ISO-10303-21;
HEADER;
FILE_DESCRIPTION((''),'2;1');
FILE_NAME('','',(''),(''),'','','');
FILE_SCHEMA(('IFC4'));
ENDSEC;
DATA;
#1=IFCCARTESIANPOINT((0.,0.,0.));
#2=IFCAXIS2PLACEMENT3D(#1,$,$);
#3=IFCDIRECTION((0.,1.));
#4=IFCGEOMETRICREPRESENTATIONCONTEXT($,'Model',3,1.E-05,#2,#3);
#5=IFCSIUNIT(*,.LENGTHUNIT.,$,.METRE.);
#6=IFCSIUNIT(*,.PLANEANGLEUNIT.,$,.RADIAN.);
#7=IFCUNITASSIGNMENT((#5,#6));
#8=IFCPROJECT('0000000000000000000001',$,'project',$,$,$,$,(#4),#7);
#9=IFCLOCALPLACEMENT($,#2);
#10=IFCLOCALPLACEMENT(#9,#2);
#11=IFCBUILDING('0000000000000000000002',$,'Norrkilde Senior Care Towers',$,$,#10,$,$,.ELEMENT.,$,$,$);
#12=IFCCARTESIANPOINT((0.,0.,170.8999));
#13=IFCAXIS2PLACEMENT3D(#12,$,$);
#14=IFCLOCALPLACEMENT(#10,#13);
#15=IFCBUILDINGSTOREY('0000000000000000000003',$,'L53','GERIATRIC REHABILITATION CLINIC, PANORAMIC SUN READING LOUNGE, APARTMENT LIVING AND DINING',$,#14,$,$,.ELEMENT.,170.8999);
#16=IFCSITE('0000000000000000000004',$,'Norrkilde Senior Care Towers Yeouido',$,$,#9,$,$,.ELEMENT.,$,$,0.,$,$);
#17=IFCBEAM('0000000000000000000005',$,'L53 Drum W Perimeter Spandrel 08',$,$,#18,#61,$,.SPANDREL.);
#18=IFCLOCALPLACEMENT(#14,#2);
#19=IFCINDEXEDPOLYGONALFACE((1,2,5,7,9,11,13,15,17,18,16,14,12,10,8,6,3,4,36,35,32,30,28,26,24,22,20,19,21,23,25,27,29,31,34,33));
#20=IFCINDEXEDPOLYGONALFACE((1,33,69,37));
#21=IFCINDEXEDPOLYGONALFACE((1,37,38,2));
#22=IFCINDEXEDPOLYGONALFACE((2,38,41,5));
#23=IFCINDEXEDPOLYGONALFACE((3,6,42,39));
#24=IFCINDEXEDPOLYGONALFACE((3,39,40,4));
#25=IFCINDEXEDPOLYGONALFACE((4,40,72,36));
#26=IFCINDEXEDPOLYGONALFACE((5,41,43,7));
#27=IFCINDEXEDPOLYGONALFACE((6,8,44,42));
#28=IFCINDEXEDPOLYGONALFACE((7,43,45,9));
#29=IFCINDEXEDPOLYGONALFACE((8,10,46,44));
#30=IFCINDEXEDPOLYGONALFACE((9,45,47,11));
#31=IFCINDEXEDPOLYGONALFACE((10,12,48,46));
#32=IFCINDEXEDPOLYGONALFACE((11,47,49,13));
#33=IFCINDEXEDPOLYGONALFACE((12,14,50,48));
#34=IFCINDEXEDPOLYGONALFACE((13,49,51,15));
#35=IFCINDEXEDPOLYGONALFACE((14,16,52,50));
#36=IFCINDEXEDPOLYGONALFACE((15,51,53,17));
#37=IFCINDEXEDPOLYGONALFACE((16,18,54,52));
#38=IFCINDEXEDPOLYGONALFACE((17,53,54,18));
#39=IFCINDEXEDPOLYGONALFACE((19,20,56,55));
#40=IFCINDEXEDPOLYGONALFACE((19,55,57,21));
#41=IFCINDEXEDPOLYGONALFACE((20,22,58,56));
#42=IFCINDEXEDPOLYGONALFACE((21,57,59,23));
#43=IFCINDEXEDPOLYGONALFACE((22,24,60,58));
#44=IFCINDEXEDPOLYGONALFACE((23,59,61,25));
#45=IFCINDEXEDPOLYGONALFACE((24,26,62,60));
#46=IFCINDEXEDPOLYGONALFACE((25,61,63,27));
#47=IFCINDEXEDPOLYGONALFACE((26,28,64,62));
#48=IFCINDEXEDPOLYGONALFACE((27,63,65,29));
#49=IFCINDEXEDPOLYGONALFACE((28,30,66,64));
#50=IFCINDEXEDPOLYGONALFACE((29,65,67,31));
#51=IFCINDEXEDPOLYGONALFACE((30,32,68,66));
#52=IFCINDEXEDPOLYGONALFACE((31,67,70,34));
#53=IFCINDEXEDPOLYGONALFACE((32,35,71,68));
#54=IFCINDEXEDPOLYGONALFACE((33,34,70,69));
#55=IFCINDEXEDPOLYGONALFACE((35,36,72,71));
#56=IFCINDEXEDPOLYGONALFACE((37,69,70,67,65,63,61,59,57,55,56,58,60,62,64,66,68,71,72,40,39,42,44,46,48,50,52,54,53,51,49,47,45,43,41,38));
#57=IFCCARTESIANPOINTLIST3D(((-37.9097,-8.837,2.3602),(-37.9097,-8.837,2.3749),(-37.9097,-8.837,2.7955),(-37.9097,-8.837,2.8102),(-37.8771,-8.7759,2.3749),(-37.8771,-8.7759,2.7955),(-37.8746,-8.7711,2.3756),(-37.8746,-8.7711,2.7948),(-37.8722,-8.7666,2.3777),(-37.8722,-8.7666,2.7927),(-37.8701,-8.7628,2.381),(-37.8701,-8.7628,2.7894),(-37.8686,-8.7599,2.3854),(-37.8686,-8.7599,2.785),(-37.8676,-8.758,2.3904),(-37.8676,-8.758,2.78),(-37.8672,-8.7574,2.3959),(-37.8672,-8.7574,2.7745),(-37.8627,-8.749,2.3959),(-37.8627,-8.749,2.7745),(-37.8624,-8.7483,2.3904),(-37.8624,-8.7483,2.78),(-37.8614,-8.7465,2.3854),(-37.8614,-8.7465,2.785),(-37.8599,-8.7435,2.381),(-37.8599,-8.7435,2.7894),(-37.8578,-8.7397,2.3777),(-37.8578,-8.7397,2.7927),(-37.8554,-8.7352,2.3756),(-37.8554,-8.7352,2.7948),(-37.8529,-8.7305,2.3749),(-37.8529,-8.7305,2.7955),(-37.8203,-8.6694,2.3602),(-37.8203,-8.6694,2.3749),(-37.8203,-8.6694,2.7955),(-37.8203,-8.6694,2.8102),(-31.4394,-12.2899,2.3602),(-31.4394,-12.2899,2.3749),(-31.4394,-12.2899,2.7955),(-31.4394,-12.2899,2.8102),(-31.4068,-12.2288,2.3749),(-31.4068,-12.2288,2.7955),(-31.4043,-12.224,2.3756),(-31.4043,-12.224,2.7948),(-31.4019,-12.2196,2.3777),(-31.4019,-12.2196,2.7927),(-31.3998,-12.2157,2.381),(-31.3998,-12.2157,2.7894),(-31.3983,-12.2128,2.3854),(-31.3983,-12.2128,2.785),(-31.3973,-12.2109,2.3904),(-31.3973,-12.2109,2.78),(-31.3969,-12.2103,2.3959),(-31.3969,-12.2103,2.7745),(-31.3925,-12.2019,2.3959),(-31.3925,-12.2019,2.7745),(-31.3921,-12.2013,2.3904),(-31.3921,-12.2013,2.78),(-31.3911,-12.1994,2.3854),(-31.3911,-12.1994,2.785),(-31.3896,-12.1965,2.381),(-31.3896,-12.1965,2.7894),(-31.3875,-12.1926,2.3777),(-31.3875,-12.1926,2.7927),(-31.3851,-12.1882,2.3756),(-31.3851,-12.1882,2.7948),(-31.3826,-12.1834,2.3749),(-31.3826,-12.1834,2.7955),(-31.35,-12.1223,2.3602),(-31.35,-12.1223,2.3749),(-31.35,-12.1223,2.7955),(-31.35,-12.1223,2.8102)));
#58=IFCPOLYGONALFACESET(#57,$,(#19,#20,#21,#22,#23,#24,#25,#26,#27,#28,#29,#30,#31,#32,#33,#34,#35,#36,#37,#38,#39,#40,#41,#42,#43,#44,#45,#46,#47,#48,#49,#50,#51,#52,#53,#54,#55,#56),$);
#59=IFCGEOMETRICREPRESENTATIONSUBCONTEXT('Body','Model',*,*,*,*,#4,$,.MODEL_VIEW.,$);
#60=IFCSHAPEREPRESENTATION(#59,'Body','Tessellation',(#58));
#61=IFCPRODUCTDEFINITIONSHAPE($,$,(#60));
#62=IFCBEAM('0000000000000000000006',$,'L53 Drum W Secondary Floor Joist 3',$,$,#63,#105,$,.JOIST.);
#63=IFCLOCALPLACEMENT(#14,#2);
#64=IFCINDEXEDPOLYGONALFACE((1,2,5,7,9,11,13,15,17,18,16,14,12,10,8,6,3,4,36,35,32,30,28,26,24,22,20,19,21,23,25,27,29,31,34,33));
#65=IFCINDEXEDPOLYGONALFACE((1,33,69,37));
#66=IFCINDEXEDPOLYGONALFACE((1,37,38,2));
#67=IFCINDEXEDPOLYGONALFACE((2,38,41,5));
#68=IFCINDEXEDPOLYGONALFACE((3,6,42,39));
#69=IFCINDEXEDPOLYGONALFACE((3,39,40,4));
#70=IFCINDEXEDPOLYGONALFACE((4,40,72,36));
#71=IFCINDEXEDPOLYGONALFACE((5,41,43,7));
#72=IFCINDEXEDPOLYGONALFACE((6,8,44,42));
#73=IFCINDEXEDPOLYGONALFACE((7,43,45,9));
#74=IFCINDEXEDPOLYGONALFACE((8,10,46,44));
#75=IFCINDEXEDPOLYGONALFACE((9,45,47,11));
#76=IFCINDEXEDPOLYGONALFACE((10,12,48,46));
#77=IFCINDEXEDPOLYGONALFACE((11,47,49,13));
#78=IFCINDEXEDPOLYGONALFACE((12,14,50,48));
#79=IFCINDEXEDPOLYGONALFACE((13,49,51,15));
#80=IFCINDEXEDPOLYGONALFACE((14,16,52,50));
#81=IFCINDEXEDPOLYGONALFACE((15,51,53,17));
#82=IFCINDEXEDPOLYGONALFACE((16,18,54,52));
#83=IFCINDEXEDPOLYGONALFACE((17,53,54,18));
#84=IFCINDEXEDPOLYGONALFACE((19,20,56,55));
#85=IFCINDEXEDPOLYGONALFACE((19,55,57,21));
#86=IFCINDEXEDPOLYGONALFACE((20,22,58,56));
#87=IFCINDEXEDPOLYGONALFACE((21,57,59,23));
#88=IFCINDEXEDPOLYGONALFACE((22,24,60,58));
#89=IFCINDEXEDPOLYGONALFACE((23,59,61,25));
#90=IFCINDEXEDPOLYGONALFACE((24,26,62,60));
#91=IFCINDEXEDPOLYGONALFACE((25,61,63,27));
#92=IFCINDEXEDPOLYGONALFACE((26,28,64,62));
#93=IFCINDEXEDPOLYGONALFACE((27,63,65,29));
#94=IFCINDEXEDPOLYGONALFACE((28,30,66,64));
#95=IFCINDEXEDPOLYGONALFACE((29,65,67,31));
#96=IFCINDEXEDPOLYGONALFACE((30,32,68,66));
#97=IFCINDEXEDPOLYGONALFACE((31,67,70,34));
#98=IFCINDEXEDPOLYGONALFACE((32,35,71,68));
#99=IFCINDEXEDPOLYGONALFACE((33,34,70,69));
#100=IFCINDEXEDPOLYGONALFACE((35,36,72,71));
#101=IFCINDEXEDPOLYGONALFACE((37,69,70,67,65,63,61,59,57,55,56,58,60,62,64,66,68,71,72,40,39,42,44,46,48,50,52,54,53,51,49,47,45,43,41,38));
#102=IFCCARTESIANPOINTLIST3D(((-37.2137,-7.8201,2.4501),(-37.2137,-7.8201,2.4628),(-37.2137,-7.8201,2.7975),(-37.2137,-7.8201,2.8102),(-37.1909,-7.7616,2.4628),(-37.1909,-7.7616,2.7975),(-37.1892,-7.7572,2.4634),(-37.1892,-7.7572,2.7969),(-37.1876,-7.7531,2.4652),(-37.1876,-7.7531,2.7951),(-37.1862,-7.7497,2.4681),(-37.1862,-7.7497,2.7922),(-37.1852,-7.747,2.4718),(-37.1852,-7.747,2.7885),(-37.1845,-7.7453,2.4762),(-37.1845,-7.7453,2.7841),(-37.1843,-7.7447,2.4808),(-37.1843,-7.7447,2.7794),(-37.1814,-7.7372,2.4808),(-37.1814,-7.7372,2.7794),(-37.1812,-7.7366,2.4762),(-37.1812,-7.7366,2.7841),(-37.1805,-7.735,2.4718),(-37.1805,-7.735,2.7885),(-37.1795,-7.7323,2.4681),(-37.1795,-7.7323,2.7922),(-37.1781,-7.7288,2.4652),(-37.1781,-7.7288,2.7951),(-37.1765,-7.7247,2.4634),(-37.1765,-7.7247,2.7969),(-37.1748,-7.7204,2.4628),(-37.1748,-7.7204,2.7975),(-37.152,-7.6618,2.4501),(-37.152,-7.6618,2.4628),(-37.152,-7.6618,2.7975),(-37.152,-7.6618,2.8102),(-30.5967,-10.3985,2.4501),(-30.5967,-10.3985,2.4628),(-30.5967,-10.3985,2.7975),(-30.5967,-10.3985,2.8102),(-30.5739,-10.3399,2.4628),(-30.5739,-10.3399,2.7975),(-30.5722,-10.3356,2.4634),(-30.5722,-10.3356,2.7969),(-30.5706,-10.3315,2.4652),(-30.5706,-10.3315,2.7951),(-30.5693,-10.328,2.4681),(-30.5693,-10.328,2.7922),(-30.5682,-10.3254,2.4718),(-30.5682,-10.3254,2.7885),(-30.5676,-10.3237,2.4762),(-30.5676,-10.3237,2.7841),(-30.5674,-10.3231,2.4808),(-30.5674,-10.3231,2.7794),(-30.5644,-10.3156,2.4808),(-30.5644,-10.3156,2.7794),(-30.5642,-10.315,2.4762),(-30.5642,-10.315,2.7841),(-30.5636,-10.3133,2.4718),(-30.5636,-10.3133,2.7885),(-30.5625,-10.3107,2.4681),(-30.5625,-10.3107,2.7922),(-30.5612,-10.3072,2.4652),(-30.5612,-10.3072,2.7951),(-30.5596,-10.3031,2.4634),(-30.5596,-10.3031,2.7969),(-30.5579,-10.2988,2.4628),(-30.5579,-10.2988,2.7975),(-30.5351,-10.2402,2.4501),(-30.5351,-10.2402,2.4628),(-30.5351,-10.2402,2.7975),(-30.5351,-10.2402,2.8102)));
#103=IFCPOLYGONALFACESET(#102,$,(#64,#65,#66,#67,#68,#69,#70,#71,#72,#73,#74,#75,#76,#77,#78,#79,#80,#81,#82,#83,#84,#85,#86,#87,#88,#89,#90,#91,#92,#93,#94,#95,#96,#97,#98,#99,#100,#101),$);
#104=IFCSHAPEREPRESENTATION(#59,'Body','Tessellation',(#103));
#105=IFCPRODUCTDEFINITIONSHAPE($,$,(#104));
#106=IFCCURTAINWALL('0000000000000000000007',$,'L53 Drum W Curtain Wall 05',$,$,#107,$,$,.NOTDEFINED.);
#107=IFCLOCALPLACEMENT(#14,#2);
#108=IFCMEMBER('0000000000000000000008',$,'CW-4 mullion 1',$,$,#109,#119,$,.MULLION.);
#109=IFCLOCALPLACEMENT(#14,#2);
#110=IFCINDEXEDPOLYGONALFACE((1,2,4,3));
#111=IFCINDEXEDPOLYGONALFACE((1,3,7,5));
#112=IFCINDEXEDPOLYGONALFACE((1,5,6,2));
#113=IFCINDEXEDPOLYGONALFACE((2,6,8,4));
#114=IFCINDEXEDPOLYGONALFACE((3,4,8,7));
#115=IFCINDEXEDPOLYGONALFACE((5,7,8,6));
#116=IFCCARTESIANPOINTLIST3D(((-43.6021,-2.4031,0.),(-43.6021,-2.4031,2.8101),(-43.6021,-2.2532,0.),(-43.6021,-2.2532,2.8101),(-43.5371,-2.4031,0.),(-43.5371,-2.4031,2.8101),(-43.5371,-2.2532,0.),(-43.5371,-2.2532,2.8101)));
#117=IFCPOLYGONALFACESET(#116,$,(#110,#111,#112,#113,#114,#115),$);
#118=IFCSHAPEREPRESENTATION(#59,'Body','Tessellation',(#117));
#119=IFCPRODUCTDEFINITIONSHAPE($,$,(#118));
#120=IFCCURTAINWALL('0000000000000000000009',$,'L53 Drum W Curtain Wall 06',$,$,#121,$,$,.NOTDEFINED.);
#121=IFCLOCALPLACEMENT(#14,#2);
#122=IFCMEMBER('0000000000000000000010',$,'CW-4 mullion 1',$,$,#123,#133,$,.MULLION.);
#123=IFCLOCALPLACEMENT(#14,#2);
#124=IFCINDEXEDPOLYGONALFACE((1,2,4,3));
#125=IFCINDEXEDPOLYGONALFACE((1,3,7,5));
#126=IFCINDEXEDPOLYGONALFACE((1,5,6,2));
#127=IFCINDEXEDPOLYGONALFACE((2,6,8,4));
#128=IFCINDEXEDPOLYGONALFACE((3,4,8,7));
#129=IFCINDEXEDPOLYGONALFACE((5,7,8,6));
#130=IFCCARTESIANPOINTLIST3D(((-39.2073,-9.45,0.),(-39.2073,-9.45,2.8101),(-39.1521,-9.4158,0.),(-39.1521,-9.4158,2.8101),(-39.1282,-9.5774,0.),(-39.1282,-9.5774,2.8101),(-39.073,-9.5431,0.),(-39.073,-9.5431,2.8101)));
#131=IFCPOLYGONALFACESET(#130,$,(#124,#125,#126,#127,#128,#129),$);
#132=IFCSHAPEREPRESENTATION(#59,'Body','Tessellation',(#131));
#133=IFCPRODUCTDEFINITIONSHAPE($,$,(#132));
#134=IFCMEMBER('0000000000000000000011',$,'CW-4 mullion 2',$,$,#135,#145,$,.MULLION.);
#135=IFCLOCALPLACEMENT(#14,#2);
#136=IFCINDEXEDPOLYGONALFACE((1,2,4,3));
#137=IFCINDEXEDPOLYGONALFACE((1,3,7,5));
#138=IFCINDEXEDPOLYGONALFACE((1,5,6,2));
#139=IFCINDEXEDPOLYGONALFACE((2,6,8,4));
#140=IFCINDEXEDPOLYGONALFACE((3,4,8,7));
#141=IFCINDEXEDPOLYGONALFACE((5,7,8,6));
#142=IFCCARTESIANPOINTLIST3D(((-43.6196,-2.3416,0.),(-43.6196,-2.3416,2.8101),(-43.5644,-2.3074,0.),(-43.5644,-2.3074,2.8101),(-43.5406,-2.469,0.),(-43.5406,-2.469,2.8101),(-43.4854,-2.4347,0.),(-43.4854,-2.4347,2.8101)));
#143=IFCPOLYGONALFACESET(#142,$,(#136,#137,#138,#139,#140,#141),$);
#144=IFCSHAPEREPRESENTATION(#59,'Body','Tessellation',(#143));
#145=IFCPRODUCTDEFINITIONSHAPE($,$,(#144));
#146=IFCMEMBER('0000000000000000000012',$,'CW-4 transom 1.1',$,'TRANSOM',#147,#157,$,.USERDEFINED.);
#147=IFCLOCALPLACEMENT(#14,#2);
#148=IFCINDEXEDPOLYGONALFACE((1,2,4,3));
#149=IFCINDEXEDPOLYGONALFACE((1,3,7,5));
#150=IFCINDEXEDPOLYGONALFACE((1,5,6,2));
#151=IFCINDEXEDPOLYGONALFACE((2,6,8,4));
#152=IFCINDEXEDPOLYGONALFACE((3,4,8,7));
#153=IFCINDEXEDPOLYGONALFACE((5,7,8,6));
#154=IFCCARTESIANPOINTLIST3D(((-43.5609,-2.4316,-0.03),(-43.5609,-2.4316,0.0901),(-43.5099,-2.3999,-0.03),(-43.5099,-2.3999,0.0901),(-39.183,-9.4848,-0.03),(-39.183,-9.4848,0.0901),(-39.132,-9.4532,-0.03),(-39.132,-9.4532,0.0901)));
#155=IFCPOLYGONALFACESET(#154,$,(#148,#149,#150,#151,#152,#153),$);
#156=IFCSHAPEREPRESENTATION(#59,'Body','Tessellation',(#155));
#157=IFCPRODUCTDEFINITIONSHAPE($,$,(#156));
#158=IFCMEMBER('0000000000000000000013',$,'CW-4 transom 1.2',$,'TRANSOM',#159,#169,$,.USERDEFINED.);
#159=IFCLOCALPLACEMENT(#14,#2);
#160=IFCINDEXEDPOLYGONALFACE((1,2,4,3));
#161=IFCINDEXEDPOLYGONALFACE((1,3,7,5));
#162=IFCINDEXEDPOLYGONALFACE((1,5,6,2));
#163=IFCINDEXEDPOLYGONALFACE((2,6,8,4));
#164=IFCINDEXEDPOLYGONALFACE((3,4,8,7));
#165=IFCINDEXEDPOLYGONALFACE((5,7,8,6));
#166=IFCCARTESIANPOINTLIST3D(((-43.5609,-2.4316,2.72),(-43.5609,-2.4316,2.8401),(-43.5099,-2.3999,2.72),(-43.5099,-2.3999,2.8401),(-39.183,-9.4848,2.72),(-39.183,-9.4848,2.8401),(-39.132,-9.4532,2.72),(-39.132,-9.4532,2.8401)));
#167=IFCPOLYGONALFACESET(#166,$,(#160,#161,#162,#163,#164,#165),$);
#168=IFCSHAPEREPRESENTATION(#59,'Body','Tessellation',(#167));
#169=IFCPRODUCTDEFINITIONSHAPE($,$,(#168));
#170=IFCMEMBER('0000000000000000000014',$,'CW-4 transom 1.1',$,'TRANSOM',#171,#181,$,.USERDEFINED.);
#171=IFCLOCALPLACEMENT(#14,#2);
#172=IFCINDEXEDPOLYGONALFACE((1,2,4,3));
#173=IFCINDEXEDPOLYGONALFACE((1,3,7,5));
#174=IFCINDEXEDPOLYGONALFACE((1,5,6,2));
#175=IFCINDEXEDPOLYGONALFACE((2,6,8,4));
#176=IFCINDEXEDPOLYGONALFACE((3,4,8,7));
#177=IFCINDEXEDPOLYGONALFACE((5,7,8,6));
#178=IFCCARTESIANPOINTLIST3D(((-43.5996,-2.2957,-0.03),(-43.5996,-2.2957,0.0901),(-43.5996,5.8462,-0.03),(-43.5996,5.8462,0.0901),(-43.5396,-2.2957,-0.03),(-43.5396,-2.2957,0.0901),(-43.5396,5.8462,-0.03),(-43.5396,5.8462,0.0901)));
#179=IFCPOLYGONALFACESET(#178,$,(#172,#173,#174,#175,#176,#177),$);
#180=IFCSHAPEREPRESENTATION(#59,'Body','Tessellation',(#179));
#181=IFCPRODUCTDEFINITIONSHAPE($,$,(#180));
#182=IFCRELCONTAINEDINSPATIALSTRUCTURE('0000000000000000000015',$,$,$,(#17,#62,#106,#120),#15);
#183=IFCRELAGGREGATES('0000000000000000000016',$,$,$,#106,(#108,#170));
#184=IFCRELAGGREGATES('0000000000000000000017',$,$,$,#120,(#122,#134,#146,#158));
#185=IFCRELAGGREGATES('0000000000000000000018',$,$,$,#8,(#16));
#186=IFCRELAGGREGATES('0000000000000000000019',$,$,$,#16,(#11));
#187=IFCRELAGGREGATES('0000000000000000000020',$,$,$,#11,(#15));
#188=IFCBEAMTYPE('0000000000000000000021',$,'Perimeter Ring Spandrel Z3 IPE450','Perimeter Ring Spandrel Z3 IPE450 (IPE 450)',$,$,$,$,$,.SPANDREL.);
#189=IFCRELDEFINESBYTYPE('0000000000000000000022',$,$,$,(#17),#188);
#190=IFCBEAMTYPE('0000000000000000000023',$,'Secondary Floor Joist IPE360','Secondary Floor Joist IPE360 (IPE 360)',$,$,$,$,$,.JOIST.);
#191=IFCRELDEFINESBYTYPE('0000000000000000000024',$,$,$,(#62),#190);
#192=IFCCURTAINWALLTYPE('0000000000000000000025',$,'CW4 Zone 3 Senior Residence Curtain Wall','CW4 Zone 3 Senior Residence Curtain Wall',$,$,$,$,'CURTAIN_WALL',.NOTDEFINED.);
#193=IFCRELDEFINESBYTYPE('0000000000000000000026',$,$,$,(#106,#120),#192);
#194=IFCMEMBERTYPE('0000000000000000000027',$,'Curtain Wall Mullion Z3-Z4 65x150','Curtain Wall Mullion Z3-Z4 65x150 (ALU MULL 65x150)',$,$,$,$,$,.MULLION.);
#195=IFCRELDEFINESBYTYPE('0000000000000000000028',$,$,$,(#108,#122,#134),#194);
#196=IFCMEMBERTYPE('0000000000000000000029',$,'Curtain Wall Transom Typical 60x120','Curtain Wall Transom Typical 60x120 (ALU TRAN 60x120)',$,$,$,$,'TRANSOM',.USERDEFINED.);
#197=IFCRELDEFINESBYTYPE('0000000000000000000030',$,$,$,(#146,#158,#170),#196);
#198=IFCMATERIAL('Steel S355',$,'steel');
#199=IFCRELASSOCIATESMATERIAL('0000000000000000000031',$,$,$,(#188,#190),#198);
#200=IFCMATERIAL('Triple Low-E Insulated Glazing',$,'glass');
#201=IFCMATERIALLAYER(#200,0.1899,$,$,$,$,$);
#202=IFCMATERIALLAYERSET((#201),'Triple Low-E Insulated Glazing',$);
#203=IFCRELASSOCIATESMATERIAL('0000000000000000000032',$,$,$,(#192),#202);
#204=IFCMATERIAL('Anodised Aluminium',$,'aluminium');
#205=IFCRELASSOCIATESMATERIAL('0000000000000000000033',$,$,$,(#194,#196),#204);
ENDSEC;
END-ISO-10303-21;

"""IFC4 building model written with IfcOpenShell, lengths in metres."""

from ifc_helpers import new_model, si_unit, direction, frame, origin, origin_2d, place, context, subcontext, project, spatial, rectangle, i_section, extrude, source, transform, mapped, material, layer, layer_set, material_profile, profile_set, type_object, type_shapes, element, aggregate, save


model = new_model("IFC4")

# Units and contexts
model_context = context("Model", 3, precision=1e-05, world=origin(), true_north=direction((0.0, 1.0)))
body_context = subcontext(model_context, "Body", "Model", "MODEL_VIEW")
ifc_project = project(units=[si_unit("LENGTHUNIT", "METRE"), si_unit("PLANEANGLEUNIT", "RADIAN")], contexts=[model_context])

# Site, building, storey
site_placement = place(None, origin())
site = spatial("IfcSite", under=ifc_project, at=site_placement, Name="Norrkilde Senior Care Towers Yeouido", CompositionType="ELEMENT", RefElevation=0.0)
building_placement = place(site_placement, origin())
building = spatial("IfcBuilding", under=site, at=building_placement, Name="Norrkilde Senior Care Towers", CompositionType="ELEMENT")
storey_placement = place(building_placement, frame((0.0, 0.0, 170.8999)))
storey = spatial("IfcBuildingStorey", under=building, at=storey_placement, Name="L53", Description="GERIATRIC REHABILITATION CLINIC, PANORAMIC SUN READING LOUNGE, APARTMENT LIVING AND DINING", CompositionType="ELEMENT", Elevation=170.8999)

# Beams
ifc_material_1 = material(Name="Steel S355", Category="steel")
ifc_material_profile_1 = material_profile(ifc_material_1, i_section(OverallWidth=0.1899, OverallDepth=0.45, WebThickness=0.0095, FlangeThickness=0.0146, FilletRadius=0.021, at=origin_2d()), Name="IPE 450")
ifc_profile_set_1 = profile_set([ifc_material_profile_1], Name="Steel S355")
beam_type_1 = type_object("IfcBeamType", Name="Perimeter Ring Spandrel Z3 IPE450", Description="Perimeter Ring Spandrel Z3 IPE450 (IPE 450)", PredefinedType="SPANDREL", material=ifc_profile_set_1)
shared_shape_1 = source(origin(), body_context, "Body", "SweptSolid", [
    extrude(i_section(OverallWidth=0.1899, OverallDepth=0.45, WebThickness=0.0095, FlangeThickness=0.0146, FilletRadius=0.021, at=origin_2d()), origin(), (0.0, 0.0, 1.0), 7.334),
])
beam_1_placement = place(storey_placement, frame((-37.865, -8.7532, 2.5852), z_axis=(0.882234, -0.470811, 0.0), x_axis=(0.470811, 0.882234, 0.0)))
element("IfcBeam", 1, at=beam_1_placement, inside=storey, type_object=beam_type_1, Name="L53 Drum W Perimeter Spandrel 08", PredefinedType="SPANDREL", context=body_context, shape_type="MappedRepresentation", body=[
    mapped(shared_shape_1, transform((0.0, 0.0, 0.0), x_axis=(1.0, 0.0, 0.0), y_axis=(0.0, 1.0, 0.0), z_axis=(0.0, 0.0, 1.0), scale=1.0)),
])
ifc_material_profile_2 = material_profile(ifc_material_1, i_section(OverallWidth=0.1699, OverallDepth=0.3601, WebThickness=0.0081, FlangeThickness=0.0127, FilletRadius=0.0181, at=origin_2d()), Name="IPE 360")
ifc_profile_set_2 = profile_set([ifc_material_profile_2], Name="Steel S355")
beam_type_2 = type_object("IfcBeamType", Name="Secondary Floor Joist IPE360", Description="Secondary Floor Joist IPE360 (IPE 360)", PredefinedType="JOIST", material=ifc_profile_set_2)
shared_shape_2 = source(origin(), body_context, "Body", "SweptSolid", [
    extrude(i_section(OverallWidth=0.1699, OverallDepth=0.3601, WebThickness=0.0081, FlangeThickness=0.0127, FilletRadius=0.0181, at=origin_2d()), origin(), (0.0, 0.0, 1.0), 7.1016),
])
type_shapes(beam_type_2, [shared_shape_2])
beam_2_placement = place(storey_placement, frame((-37.1829, -7.741, 2.6301), z_axis=(0.931761, -0.363072, 0.0), x_axis=(0.363072, 0.931761, 0.0)))
element("IfcBeam", 2, at=beam_2_placement, inside=storey, type_object=beam_type_2, Name="L53 Drum W Secondary Floor Joist 3", PredefinedType="JOIST", context=body_context, shape_type="MappedRepresentation", body=[
    mapped(shared_shape_2, transform((0.0, 0.0, 0.0), x_axis=(1.0, 0.0, 0.0), y_axis=(0.0, 1.0, 0.0), z_axis=(0.0, 0.0, 1.0), scale=1.0)),
])

# Curtain wall, member
ifc_material_2 = material(Name="Triple Low-E Insulated Glazing", Category="glass")
ifc_layer_1 = layer(ifc_material_2, 0.1899)
ifc_layer_set_1 = layer_set([ifc_layer_1], Name="Triple Low-E Insulated Glazing")
curtain_wall_type = type_object("IfcCurtainWallType", Name="CW4 Zone 3 Senior Residence Curtain Wall", Description="CW4 Zone 3 Senior Residence Curtain Wall", ElementType="CURTAIN_WALL", PredefinedType="NOTDEFINED", material=ifc_layer_set_1)
curtain_wall_1_placement = place(storey_placement, origin())
curtain_wall_1 = element("IfcCurtainWall", 3, at=curtain_wall_1_placement, inside=storey, type_object=curtain_wall_type, Name="L53 Drum W Curtain Wall 05", PredefinedType="NOTDEFINED")
ifc_material_3 = material(Name="Anodised Aluminium", Category="aluminium")
ifc_material_profile_3 = material_profile(ifc_material_3, rectangle(XDim=0.0649, YDim=0.1499, at=origin_2d()), Name="ALU MULL 65x150")
ifc_profile_set_3 = profile_set([ifc_material_profile_3], Name="Anodised Aluminium")
member_type_1 = type_object("IfcMemberType", Name="Curtain Wall Mullion Z3-Z4 65x150", Description="Curtain Wall Mullion Z3-Z4 65x150 (ALU MULL 65x150)", PredefinedType="MULLION", material=ifc_profile_set_3)
shared_shape_3 = source(origin(), body_context, "Body", "SweptSolid", [
    extrude(rectangle(XDim=0.0649, YDim=0.1499, at=origin_2d()), origin(), (0.0, 0.0, 1.0), 2.8101),
])
type_shapes(member_type_1, [shared_shape_3])
member_1_placement = place(storey_placement, frame((-43.5696, -2.3281, 0.0), z_axis=(0.0, 0.0, 1.0), x_axis=(-1.0, 0.0, 0.0)))
member_1 = element("IfcMember", 4, at=member_1_placement, type_object=member_type_1, Name="CW-4 mullion 1", PredefinedType="MULLION", context=body_context, shape_type="MappedRepresentation", body=[
    mapped(shared_shape_3, transform((0.0, 0.0, 0.0), x_axis=(1.0, 0.0, 0.0), y_axis=(0.0, 1.0, 0.0), z_axis=(0.0, 0.0, 1.0), scale=1.0)),
])

# Curtain wall, members
curtain_wall_2_placement = place(storey_placement, origin())
curtain_wall_2 = element("IfcCurtainWall", 5, at=curtain_wall_2_placement, inside=storey, type_object=curtain_wall_type, Name="L53 Drum W Curtain Wall 06", PredefinedType="NOTDEFINED")
member_2_placement = place(storey_placement, frame((-39.1401, -9.4966, 0.0), z_axis=(0.0, 0.0, 1.0), x_axis=(-0.849634, -0.527373, 0.0)))
member_2 = element("IfcMember", 6, at=member_2_placement, type_object=member_type_1, Name="CW-4 mullion 1", PredefinedType="MULLION", context=body_context, shape_type="MappedRepresentation", body=[
    mapped(shared_shape_3, transform((0.0, 0.0, 0.0), x_axis=(1.0, 0.0, 0.0), y_axis=(0.0, 1.0, 0.0), z_axis=(0.0, 0.0, 1.0), scale=1.0)),
])
member_3_placement = place(storey_placement, frame((-43.5525, -2.3882, 0.0), z_axis=(0.0, 0.0, 1.0), x_axis=(-0.849634, -0.527373, 0.0)))
member_3 = element("IfcMember", 7, at=member_3_placement, type_object=member_type_1, Name="CW-4 mullion 2", PredefinedType="MULLION", context=body_context, shape_type="MappedRepresentation", body=[
    mapped(shared_shape_3, transform((0.0, 0.0, 0.0), x_axis=(1.0, 0.0, 0.0), y_axis=(0.0, 1.0, 0.0), z_axis=(0.0, 0.0, 1.0), scale=1.0)),
])
ifc_material_profile_4 = material_profile(ifc_material_3, rectangle(XDim=0.0601, YDim=0.1201, at=origin_2d()), Name="ALU TRAN 60x120")
ifc_profile_set_4 = profile_set([ifc_material_profile_4], Name="Anodised Aluminium")
member_type_2 = type_object("IfcMemberType", Name="Curtain Wall Transom Typical 60x120", Description="Curtain Wall Transom Typical 60x120 (ALU TRAN 60x120)", ElementType="TRANSOM", PredefinedType="USERDEFINED", material=ifc_profile_set_4)
shared_shape_4 = source(origin(), body_context, "Body", "SweptSolid", [
    extrude(rectangle(XDim=0.0601, YDim=0.1201, at=origin_2d()), origin(), (0.0, 0.0, 1.0), 8.3015),
])
member_4_placement = place(storey_placement, frame((-39.1575, -9.469, 0.03), z_axis=(-0.527369, 0.849637, 0.0), x_axis=(-0.849637, -0.527369, 0.0)))
member_4 = element("IfcMember", 8, at=member_4_placement, type_object=member_type_2, Name="CW-4 transom 1.1", ObjectType="TRANSOM", PredefinedType="USERDEFINED", context=body_context, shape_type="MappedRepresentation", body=[
    mapped(shared_shape_4, transform((0.0, 0.0, 0.0), x_axis=(1.0, 0.0, 0.0), y_axis=(0.0, 1.0, 0.0), z_axis=(0.0, 0.0, 1.0), scale=1.0)),
])
member_5_placement = place(storey_placement, frame((-39.1575, -9.469, 2.78), z_axis=(-0.527369, 0.849637, 0.0), x_axis=(-0.849637, -0.527369, 0.0)))
member_5 = element("IfcMember", 9, at=member_5_placement, type_object=member_type_2, Name="CW-4 transom 1.2", ObjectType="TRANSOM", PredefinedType="USERDEFINED", context=body_context, shape_type="MappedRepresentation", body=[
    mapped(shared_shape_4, transform((0.0, 0.0, 0.0), x_axis=(1.0, 0.0, 0.0), y_axis=(0.0, 1.0, 0.0), z_axis=(0.0, 0.0, 1.0), scale=1.0)),
])

# Member
shared_shape_5 = source(origin(), body_context, "Body", "SweptSolid", [
    extrude(rectangle(XDim=0.0601, YDim=0.1201, at=origin_2d()), origin(), (0.0, 0.0, 1.0), 8.1418),
])
type_shapes(member_type_2, [shared_shape_4, shared_shape_5])
member_6_placement = place(storey_placement, frame((-43.5696, -2.2957, 0.03), z_axis=(0.0, 1.0, 0.0), x_axis=(-1.0, 0.0, 0.0)))
member_6 = element("IfcMember", 10, at=member_6_placement, type_object=member_type_2, Name="CW-4 transom 1.1", ObjectType="TRANSOM", PredefinedType="USERDEFINED", context=body_context, shape_type="MappedRepresentation", body=[
    mapped(shared_shape_5, transform((0.0, 0.0, 0.0), x_axis=(1.0, 0.0, 0.0), y_axis=(0.0, 1.0, 0.0), z_axis=(0.0, 0.0, 1.0), scale=1.0)),
])
aggregate(curtain_wall_1, [member_1, member_6])

aggregate(curtain_wall_2, [member_2, member_3, member_4, member_5])

save(model, "model.ifc")
